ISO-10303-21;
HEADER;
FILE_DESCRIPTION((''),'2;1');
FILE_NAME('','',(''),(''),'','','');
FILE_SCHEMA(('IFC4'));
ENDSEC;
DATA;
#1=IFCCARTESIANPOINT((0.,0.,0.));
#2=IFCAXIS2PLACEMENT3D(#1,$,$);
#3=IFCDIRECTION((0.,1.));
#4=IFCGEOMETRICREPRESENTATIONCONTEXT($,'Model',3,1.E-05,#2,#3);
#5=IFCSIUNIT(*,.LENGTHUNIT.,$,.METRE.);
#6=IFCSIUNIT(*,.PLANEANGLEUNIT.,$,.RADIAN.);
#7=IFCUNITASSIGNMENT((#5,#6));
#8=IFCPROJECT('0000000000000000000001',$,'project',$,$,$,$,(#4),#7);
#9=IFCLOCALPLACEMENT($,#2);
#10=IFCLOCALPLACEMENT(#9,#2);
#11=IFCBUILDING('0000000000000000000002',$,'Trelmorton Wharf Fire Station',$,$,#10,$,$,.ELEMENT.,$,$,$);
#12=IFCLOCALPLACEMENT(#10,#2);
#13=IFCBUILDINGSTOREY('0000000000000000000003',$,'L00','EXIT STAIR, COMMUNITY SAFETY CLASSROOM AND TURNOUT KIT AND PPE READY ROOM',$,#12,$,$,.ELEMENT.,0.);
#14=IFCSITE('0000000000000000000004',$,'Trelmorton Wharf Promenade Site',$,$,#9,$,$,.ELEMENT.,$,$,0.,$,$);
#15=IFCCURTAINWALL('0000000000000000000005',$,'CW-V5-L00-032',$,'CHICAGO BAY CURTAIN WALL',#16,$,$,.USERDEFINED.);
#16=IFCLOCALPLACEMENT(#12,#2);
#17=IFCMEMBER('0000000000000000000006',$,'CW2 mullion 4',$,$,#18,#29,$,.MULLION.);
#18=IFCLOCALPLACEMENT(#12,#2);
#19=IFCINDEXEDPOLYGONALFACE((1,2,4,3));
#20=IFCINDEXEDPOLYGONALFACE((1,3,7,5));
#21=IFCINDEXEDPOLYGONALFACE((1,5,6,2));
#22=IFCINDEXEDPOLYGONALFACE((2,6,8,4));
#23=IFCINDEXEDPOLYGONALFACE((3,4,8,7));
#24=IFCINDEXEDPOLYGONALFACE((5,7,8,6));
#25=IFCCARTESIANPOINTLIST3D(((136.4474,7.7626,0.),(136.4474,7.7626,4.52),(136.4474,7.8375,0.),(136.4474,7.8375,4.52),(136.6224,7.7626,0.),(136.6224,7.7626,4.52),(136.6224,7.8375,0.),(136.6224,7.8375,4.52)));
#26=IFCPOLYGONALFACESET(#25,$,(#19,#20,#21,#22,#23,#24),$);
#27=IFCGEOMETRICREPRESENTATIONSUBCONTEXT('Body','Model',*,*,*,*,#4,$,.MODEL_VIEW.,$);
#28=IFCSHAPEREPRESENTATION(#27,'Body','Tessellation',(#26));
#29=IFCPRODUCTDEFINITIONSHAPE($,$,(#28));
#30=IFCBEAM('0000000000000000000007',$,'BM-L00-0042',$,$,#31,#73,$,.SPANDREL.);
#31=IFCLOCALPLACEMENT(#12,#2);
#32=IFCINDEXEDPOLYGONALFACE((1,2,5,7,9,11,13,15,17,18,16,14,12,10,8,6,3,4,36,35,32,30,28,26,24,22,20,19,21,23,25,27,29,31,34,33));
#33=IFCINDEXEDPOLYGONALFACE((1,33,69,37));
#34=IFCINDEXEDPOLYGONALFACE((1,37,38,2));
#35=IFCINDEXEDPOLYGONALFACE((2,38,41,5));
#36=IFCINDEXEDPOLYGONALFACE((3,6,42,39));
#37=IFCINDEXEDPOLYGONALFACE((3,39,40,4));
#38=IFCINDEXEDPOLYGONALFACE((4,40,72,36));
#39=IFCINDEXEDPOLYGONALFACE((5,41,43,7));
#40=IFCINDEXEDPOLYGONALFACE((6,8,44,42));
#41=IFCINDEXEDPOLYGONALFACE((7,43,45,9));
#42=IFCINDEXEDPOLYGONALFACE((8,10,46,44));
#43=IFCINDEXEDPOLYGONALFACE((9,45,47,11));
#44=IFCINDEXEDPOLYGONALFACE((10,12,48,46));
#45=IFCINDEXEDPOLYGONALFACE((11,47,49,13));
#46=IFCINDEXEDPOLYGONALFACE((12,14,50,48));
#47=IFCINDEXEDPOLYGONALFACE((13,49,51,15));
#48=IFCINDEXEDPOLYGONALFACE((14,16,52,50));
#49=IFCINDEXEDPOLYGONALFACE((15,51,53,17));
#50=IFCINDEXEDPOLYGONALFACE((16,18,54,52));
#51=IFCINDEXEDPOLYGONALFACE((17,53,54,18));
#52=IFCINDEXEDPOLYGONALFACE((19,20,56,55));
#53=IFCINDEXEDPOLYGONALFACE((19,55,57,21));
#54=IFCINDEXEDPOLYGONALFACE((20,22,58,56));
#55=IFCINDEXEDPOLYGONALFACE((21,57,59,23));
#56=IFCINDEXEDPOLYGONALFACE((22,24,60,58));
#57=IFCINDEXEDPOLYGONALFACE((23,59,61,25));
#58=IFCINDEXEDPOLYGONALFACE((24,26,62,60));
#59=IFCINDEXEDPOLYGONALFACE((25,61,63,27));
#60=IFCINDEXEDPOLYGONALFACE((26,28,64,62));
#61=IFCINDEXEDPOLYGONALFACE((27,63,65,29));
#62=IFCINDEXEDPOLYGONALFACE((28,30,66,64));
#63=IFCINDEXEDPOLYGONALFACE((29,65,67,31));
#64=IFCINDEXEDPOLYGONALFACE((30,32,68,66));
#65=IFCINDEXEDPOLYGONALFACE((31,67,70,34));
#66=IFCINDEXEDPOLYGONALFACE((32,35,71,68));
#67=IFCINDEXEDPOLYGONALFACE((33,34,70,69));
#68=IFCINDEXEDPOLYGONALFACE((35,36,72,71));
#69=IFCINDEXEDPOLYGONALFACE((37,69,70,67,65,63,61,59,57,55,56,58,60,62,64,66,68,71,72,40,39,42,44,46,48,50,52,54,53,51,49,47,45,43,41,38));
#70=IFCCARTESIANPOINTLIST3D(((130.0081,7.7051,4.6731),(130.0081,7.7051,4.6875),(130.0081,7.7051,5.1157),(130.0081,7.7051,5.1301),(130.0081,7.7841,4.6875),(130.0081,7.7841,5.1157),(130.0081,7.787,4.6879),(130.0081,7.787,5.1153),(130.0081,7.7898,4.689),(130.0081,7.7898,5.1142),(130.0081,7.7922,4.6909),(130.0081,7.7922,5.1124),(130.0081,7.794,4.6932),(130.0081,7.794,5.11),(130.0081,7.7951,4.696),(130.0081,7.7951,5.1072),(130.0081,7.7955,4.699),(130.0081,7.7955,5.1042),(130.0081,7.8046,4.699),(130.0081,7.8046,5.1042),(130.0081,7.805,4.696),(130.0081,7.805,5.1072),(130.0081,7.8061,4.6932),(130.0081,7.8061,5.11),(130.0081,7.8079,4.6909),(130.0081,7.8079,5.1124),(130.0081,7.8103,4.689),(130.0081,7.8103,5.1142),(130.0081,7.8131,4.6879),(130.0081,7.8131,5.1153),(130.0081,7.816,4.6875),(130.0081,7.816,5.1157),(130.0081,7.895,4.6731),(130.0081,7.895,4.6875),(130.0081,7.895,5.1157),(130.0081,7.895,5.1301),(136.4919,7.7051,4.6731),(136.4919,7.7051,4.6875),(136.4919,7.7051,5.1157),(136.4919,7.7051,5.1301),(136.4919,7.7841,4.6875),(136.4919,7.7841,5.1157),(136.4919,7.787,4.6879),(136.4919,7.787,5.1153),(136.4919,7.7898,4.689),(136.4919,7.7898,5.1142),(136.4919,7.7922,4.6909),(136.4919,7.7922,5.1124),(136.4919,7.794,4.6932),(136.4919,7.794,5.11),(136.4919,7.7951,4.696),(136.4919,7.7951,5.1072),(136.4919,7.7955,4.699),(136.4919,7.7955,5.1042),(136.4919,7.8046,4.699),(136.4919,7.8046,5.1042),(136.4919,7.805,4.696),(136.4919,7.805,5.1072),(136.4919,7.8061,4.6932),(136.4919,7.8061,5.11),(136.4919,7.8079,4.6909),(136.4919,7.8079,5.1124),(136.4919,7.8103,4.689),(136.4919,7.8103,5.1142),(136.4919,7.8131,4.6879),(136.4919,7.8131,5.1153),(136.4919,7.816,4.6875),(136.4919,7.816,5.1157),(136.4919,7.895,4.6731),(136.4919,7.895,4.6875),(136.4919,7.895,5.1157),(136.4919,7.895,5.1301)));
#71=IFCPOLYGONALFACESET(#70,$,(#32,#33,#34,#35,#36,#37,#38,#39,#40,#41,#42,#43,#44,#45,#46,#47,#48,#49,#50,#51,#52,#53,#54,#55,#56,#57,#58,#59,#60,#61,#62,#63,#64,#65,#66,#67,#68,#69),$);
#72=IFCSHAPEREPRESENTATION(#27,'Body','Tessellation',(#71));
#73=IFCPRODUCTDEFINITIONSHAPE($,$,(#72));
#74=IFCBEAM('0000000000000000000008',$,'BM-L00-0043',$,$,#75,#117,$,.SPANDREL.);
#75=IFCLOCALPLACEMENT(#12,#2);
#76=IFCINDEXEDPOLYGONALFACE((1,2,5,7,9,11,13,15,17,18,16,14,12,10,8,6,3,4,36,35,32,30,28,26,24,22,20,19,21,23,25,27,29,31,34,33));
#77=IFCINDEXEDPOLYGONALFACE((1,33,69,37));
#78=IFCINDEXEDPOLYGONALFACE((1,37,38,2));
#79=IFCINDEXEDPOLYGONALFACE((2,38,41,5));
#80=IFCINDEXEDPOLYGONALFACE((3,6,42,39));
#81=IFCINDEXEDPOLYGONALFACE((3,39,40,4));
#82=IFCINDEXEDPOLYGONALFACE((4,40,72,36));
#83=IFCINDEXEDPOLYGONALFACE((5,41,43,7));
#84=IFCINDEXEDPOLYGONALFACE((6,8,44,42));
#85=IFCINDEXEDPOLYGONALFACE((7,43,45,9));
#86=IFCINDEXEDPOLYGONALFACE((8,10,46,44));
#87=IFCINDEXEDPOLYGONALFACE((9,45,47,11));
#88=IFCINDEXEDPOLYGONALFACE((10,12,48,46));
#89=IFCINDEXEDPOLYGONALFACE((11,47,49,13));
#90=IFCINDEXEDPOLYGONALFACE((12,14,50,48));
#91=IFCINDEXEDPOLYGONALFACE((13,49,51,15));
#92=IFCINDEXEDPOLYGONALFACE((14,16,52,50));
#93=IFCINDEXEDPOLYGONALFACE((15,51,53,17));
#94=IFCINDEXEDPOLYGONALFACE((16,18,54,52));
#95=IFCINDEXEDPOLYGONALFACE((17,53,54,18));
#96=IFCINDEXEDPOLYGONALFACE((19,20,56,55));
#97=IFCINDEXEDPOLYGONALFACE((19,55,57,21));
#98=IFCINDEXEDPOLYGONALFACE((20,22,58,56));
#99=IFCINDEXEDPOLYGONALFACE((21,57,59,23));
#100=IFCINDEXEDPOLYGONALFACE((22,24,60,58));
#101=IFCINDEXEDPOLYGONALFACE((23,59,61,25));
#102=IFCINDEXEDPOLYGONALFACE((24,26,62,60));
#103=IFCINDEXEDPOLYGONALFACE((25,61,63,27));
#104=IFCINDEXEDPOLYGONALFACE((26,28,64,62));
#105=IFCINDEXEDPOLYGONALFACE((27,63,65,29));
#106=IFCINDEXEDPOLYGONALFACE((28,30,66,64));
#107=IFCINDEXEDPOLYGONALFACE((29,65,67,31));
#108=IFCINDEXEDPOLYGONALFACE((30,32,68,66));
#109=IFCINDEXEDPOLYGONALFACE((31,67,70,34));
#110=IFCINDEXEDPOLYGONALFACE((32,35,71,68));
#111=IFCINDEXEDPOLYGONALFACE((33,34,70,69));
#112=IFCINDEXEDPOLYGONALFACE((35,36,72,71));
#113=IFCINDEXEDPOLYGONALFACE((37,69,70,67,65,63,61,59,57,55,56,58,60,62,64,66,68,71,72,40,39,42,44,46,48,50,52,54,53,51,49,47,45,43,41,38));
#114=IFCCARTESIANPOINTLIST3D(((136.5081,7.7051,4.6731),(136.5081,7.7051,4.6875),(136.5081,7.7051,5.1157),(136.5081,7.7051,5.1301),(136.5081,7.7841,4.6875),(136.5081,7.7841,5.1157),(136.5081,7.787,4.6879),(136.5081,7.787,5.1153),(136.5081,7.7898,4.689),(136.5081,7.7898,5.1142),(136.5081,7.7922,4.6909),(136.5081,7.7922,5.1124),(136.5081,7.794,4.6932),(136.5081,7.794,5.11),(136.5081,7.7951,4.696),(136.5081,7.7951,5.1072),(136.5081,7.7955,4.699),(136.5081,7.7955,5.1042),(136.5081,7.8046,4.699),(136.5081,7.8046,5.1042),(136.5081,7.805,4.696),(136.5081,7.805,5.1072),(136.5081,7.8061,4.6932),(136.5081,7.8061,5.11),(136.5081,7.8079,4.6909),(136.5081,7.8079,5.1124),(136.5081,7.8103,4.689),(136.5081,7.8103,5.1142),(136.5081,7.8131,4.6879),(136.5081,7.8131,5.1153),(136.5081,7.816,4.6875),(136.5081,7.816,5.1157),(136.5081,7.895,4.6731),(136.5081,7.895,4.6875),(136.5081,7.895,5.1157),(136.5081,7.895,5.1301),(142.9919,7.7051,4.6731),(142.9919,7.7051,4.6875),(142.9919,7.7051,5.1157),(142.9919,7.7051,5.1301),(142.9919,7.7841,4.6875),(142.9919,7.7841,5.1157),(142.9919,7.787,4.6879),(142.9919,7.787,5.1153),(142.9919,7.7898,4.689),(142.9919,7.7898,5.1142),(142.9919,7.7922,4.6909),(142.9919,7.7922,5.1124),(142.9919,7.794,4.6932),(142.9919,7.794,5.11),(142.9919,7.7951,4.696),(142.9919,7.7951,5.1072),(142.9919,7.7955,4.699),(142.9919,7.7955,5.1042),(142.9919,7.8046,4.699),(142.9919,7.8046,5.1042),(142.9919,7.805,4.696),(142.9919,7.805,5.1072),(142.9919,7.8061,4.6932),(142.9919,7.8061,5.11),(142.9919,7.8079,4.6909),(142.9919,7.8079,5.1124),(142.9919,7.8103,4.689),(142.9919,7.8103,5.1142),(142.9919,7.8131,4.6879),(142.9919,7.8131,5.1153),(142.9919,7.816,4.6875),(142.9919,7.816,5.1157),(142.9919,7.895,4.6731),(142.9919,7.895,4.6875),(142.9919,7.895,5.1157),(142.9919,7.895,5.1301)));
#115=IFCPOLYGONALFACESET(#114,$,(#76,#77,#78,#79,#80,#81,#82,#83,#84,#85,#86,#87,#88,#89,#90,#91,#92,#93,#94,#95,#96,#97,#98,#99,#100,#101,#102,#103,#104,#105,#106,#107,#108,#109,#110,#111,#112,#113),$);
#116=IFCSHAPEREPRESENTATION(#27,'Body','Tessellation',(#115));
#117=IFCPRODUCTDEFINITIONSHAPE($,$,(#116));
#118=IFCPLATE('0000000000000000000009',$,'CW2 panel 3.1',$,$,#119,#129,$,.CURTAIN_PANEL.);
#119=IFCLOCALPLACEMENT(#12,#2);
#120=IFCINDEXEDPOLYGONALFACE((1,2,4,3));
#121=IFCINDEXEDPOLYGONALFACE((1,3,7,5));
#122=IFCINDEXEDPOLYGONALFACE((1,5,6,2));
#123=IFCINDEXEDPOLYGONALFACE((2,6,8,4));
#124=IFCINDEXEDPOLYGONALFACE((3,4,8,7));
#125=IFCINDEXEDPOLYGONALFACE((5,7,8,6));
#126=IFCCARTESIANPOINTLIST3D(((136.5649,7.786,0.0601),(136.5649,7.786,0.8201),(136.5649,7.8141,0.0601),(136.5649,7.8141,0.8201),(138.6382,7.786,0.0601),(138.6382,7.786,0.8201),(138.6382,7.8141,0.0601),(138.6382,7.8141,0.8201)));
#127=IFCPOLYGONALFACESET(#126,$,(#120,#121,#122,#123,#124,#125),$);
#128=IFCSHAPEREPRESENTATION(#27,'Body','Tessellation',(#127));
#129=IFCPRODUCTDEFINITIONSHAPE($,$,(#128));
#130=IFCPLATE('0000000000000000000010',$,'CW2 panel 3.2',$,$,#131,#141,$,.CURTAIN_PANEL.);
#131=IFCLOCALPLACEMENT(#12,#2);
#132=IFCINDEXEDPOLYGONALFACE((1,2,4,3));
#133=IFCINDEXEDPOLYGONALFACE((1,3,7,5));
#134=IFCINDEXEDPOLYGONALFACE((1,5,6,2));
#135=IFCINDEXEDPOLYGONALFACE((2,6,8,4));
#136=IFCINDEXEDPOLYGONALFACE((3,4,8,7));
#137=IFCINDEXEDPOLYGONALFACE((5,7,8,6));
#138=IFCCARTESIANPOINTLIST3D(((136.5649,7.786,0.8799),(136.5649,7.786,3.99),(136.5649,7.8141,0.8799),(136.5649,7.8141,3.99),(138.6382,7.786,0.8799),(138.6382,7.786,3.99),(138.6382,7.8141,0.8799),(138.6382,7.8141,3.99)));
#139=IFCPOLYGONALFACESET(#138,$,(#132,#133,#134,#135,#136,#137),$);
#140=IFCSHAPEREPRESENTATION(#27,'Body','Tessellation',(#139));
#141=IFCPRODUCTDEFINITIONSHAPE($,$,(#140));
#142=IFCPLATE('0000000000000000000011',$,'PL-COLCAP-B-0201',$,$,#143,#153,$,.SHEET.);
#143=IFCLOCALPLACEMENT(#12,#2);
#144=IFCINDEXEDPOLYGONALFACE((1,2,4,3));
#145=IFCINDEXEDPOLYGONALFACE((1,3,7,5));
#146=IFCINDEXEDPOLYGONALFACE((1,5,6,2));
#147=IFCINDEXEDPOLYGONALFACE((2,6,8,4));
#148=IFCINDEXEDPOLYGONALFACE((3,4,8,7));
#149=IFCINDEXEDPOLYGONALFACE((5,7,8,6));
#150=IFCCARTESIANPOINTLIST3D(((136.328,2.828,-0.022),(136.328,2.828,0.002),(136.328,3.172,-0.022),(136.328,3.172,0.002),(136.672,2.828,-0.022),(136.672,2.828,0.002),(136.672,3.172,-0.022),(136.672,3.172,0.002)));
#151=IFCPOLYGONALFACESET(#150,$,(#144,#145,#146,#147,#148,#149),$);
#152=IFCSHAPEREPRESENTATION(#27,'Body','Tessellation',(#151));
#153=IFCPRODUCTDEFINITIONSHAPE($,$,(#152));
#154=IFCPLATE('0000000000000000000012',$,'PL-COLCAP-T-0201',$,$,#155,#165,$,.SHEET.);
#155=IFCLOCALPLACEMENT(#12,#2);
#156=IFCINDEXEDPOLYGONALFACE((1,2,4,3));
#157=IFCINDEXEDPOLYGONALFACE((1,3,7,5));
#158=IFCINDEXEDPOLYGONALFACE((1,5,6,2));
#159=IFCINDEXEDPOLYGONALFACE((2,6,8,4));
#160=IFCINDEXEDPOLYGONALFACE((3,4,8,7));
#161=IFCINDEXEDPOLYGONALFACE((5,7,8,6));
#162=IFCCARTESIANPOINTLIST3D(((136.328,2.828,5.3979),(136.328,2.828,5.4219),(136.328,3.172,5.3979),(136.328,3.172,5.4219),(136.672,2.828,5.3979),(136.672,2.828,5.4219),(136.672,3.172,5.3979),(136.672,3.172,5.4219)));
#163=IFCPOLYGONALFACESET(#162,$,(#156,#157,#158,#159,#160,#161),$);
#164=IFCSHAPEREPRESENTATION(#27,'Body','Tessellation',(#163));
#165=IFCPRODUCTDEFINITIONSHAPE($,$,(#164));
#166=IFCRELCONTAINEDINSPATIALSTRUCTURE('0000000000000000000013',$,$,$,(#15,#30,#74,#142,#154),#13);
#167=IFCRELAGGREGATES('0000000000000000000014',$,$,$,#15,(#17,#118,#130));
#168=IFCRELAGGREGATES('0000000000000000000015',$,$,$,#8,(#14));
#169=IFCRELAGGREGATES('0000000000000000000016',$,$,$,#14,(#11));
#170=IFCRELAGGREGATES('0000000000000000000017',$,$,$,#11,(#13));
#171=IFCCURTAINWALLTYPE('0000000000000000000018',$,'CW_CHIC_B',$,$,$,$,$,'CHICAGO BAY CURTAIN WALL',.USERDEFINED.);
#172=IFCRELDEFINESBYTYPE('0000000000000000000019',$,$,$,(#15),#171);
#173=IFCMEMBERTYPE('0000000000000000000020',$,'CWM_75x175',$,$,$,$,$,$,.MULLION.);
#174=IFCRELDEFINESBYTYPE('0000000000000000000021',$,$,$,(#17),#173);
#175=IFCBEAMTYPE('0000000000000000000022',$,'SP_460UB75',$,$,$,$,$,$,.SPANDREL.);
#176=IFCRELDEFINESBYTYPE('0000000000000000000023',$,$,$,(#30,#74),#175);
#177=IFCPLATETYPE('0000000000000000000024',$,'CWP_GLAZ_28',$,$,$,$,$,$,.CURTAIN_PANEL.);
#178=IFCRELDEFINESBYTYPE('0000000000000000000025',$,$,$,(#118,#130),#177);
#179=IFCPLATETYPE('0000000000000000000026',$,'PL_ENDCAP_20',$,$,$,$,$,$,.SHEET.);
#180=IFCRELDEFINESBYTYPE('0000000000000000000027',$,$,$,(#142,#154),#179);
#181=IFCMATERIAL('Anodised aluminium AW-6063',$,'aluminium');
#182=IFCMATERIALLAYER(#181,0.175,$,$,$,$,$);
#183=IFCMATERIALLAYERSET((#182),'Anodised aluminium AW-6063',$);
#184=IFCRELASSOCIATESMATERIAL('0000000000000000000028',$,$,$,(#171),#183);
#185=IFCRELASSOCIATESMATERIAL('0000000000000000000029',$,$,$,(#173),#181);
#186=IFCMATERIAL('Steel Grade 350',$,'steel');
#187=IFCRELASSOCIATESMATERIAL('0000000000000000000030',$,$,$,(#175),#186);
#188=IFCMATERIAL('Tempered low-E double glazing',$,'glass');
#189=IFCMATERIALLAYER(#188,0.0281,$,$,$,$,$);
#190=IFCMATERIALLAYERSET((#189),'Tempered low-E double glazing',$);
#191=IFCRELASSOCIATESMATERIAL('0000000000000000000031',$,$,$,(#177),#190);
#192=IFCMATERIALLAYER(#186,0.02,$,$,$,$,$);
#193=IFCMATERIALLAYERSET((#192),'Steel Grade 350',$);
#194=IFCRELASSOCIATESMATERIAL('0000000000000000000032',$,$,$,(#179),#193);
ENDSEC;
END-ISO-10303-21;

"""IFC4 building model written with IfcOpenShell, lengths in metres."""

from ifc_helpers import new_model, si_unit, direction, frame, origin, origin_2d, place, context, subcontext, project, spatial, rectangle, i_section, extrude, material, layer, layer_set, material_profile, profile_set, type_object, element, aggregate, save


model = new_model("IFC4")

# Units and contexts
model_context = context("Model", 3, precision=1e-05, world=origin(), true_north=direction((0.0, 1.0)))
body_context = subcontext(model_context, "Body", "Model", "MODEL_VIEW")
ifc_project = project(units=[si_unit("LENGTHUNIT", "METRE"), si_unit("PLANEANGLEUNIT", "RADIAN")], contexts=[model_context])

# Site, building, storey
site_placement = place(None, origin())
site = spatial("IfcSite", under=ifc_project, at=site_placement, Name="Trelmorton Wharf Promenade Site", CompositionType="ELEMENT", RefElevation=0.0)
building_placement = place(site_placement, origin())
building = spatial("IfcBuilding", under=site, at=building_placement, Name="Trelmorton Wharf Fire Station", CompositionType="ELEMENT")
storey_placement = place(building_placement, origin())
storey = spatial("IfcBuildingStorey", under=building, at=storey_placement, Name="L00", Description="EXIT STAIR, COMMUNITY SAFETY CLASSROOM AND TURNOUT KIT AND PPE READY ROOM", CompositionType="ELEMENT", Elevation=0.0)

# Shared definitions
ifc_material_1 = material(Name="Steel Grade 350", Category="steel")

# Curtain wall, member
ifc_material_2 = material(Name="Anodised aluminium AW-6063", Category="aluminium")
ifc_layer_1 = layer(ifc_material_2, 0.175)
ifc_layer_set_1 = layer_set([ifc_layer_1], Name="Anodised aluminium AW-6063")
curtain_wall_type = type_object("IfcCurtainWallType", Name="CW_CHIC_B", ElementType="CHICAGO BAY CURTAIN WALL", PredefinedType="USERDEFINED", material=ifc_layer_set_1)
curtain_wall_placement = place(storey_placement, origin())
curtain_wall = element("IfcCurtainWall", 1, at=curtain_wall_placement, inside=storey, type_object=curtain_wall_type, Name="CW-V5-L00-032", ObjectType="CHICAGO BAY CURTAIN WALL", PredefinedType="USERDEFINED")
ifc_material_profile_1 = material_profile(ifc_material_2, rectangle(XDim=0.075, YDim=0.175, at=origin_2d()), Name="ALU-75x175")
ifc_profile_set_1 = profile_set([ifc_material_profile_1], Name="Anodised aluminium AW-6063")
member_type = type_object("IfcMemberType", Name="CWM_75x175", PredefinedType="MULLION", material=ifc_profile_set_1)
member_placement = place(storey_placement, frame((136.5349, 7.8, 0.0), z_axis=(0.0, 0.0, 1.0), x_axis=(0.0, -1.0, 0.0)))
member = element("IfcMember", 2, at=member_placement, type_object=member_type, Name="CW2 mullion 4", PredefinedType="MULLION", context=body_context, shape_type="SweptSolid", body=[
    extrude(rectangle(XDim=0.075, YDim=0.175, at=origin_2d()), origin(), (0.0, 0.0, 1.0), 4.52),
])

# Beams
ifc_material_profile_2 = material_profile(ifc_material_1, i_section(OverallWidth=0.1899, OverallDepth=0.457, WebThickness=0.009, FlangeThickness=0.0144, FilletRadius=0.0115, at=origin_2d()), Name="460UB74.6")
ifc_profile_set_2 = profile_set([ifc_material_profile_2], Name="Steel Grade 350")
beam_type_1 = type_object("IfcBeamType", Name="SP_460UB75", PredefinedType="SPANDREL", material=ifc_profile_set_2)
for number, where, z_axis, x_axis, name in (
    (3, (130.0081, 7.8, 4.9016), (1.0, 0.0, 0.0), (0.0, 1.0, 0.0), "BM-L00-0042"),
    (4, (136.5081, 7.8, 4.9016), (1.0, 0.0, 0.0), (0.0, 1.0, 0.0), "BM-L00-0043"),
):
    element("IfcBeam", number, at=place(storey_placement, frame(where, z_axis=z_axis, x_axis=x_axis)), inside=storey, type_object=beam_type_1, Name=name, PredefinedType="SPANDREL", context=body_context, shape_type="SweptSolid", body=[
        extrude(i_section(OverallWidth=0.1899, OverallDepth=0.457, WebThickness=0.009, FlangeThickness=0.0144, FilletRadius=0.0115, at=origin_2d()), origin(), (0.0, 0.0, 1.0), 6.4839),
    ])

# Plates
ifc_material_3 = material(Name="Tempered low-E double glazing", Category="glass")
ifc_layer_2 = layer(ifc_material_3, 0.0281)
ifc_layer_set_2 = layer_set([ifc_layer_2], Name="Tempered low-E double glazing")
plate_type_1 = type_object("IfcPlateType", Name="CWP_GLAZ_28", PredefinedType="CURTAIN_PANEL", material=ifc_layer_set_2)
plate_1_placement = place(storey_placement, frame((137.6016, 7.8, 0.0601), z_axis=(0.0, 0.0, 1.0), x_axis=(-1.0, 0.0, 0.0)))
plate_1 = element("IfcPlate", 5, at=plate_1_placement, type_object=plate_type_1, Name="CW2 panel 3.1", PredefinedType="CURTAIN_PANEL", context=body_context, shape_type="SweptSolid", body=[
    extrude(rectangle(XDim=2.0732, YDim=0.0281, at=origin_2d()), origin(), (0.0, 0.0, 1.0), 0.76),
])
plate_2_placement = place(storey_placement, frame((137.6016, 7.8, 0.8799), z_axis=(0.0, 0.0, 1.0), x_axis=(-1.0, 0.0, 0.0)))
plate_2 = element("IfcPlate", 6, at=plate_2_placement, type_object=plate_type_1, Name="CW2 panel 3.2", PredefinedType="CURTAIN_PANEL", context=body_context, shape_type="SweptSolid", body=[
    extrude(rectangle(XDim=2.0732, YDim=0.0281, at=origin_2d()), origin(), (0.0, 0.0, 1.0), 3.1101),
])
aggregate(curtain_wall, [member, plate_1, plate_2])

# Plates
ifc_layer_3 = layer(ifc_material_1, 0.02)
ifc_layer_set_3 = layer_set([ifc_layer_3], Name="Steel Grade 350")
plate_type_2 = type_object("IfcPlateType", Name="PL_ENDCAP_20", PredefinedType="SHEET", material=ifc_layer_set_3)
for number, where, z_axis, x_axis, name in (
    (7, (136.5, 3.0, -0.022), (0.0, 0.0, 1.0), (1.0, 0.0, 0.0), "PL-COLCAP-B-0201"),
    (8, (136.5, 3.0, 5.3979), (0.0, 0.0, 1.0), (1.0, 0.0, 0.0), "PL-COLCAP-T-0201"),
):
    element("IfcPlate", number, at=place(storey_placement, frame(where, z_axis=z_axis, x_axis=x_axis)), inside=storey, type_object=plate_type_2, Name=name, PredefinedType="SHEET", context=body_context, shape_type="SweptSolid", body=[
        extrude(rectangle(XDim=0.344, YDim=0.344, at=origin_2d()), origin(), (0.0, 0.0, 1.0), 0.0239),
    ])

save(model, "model.ifc")
